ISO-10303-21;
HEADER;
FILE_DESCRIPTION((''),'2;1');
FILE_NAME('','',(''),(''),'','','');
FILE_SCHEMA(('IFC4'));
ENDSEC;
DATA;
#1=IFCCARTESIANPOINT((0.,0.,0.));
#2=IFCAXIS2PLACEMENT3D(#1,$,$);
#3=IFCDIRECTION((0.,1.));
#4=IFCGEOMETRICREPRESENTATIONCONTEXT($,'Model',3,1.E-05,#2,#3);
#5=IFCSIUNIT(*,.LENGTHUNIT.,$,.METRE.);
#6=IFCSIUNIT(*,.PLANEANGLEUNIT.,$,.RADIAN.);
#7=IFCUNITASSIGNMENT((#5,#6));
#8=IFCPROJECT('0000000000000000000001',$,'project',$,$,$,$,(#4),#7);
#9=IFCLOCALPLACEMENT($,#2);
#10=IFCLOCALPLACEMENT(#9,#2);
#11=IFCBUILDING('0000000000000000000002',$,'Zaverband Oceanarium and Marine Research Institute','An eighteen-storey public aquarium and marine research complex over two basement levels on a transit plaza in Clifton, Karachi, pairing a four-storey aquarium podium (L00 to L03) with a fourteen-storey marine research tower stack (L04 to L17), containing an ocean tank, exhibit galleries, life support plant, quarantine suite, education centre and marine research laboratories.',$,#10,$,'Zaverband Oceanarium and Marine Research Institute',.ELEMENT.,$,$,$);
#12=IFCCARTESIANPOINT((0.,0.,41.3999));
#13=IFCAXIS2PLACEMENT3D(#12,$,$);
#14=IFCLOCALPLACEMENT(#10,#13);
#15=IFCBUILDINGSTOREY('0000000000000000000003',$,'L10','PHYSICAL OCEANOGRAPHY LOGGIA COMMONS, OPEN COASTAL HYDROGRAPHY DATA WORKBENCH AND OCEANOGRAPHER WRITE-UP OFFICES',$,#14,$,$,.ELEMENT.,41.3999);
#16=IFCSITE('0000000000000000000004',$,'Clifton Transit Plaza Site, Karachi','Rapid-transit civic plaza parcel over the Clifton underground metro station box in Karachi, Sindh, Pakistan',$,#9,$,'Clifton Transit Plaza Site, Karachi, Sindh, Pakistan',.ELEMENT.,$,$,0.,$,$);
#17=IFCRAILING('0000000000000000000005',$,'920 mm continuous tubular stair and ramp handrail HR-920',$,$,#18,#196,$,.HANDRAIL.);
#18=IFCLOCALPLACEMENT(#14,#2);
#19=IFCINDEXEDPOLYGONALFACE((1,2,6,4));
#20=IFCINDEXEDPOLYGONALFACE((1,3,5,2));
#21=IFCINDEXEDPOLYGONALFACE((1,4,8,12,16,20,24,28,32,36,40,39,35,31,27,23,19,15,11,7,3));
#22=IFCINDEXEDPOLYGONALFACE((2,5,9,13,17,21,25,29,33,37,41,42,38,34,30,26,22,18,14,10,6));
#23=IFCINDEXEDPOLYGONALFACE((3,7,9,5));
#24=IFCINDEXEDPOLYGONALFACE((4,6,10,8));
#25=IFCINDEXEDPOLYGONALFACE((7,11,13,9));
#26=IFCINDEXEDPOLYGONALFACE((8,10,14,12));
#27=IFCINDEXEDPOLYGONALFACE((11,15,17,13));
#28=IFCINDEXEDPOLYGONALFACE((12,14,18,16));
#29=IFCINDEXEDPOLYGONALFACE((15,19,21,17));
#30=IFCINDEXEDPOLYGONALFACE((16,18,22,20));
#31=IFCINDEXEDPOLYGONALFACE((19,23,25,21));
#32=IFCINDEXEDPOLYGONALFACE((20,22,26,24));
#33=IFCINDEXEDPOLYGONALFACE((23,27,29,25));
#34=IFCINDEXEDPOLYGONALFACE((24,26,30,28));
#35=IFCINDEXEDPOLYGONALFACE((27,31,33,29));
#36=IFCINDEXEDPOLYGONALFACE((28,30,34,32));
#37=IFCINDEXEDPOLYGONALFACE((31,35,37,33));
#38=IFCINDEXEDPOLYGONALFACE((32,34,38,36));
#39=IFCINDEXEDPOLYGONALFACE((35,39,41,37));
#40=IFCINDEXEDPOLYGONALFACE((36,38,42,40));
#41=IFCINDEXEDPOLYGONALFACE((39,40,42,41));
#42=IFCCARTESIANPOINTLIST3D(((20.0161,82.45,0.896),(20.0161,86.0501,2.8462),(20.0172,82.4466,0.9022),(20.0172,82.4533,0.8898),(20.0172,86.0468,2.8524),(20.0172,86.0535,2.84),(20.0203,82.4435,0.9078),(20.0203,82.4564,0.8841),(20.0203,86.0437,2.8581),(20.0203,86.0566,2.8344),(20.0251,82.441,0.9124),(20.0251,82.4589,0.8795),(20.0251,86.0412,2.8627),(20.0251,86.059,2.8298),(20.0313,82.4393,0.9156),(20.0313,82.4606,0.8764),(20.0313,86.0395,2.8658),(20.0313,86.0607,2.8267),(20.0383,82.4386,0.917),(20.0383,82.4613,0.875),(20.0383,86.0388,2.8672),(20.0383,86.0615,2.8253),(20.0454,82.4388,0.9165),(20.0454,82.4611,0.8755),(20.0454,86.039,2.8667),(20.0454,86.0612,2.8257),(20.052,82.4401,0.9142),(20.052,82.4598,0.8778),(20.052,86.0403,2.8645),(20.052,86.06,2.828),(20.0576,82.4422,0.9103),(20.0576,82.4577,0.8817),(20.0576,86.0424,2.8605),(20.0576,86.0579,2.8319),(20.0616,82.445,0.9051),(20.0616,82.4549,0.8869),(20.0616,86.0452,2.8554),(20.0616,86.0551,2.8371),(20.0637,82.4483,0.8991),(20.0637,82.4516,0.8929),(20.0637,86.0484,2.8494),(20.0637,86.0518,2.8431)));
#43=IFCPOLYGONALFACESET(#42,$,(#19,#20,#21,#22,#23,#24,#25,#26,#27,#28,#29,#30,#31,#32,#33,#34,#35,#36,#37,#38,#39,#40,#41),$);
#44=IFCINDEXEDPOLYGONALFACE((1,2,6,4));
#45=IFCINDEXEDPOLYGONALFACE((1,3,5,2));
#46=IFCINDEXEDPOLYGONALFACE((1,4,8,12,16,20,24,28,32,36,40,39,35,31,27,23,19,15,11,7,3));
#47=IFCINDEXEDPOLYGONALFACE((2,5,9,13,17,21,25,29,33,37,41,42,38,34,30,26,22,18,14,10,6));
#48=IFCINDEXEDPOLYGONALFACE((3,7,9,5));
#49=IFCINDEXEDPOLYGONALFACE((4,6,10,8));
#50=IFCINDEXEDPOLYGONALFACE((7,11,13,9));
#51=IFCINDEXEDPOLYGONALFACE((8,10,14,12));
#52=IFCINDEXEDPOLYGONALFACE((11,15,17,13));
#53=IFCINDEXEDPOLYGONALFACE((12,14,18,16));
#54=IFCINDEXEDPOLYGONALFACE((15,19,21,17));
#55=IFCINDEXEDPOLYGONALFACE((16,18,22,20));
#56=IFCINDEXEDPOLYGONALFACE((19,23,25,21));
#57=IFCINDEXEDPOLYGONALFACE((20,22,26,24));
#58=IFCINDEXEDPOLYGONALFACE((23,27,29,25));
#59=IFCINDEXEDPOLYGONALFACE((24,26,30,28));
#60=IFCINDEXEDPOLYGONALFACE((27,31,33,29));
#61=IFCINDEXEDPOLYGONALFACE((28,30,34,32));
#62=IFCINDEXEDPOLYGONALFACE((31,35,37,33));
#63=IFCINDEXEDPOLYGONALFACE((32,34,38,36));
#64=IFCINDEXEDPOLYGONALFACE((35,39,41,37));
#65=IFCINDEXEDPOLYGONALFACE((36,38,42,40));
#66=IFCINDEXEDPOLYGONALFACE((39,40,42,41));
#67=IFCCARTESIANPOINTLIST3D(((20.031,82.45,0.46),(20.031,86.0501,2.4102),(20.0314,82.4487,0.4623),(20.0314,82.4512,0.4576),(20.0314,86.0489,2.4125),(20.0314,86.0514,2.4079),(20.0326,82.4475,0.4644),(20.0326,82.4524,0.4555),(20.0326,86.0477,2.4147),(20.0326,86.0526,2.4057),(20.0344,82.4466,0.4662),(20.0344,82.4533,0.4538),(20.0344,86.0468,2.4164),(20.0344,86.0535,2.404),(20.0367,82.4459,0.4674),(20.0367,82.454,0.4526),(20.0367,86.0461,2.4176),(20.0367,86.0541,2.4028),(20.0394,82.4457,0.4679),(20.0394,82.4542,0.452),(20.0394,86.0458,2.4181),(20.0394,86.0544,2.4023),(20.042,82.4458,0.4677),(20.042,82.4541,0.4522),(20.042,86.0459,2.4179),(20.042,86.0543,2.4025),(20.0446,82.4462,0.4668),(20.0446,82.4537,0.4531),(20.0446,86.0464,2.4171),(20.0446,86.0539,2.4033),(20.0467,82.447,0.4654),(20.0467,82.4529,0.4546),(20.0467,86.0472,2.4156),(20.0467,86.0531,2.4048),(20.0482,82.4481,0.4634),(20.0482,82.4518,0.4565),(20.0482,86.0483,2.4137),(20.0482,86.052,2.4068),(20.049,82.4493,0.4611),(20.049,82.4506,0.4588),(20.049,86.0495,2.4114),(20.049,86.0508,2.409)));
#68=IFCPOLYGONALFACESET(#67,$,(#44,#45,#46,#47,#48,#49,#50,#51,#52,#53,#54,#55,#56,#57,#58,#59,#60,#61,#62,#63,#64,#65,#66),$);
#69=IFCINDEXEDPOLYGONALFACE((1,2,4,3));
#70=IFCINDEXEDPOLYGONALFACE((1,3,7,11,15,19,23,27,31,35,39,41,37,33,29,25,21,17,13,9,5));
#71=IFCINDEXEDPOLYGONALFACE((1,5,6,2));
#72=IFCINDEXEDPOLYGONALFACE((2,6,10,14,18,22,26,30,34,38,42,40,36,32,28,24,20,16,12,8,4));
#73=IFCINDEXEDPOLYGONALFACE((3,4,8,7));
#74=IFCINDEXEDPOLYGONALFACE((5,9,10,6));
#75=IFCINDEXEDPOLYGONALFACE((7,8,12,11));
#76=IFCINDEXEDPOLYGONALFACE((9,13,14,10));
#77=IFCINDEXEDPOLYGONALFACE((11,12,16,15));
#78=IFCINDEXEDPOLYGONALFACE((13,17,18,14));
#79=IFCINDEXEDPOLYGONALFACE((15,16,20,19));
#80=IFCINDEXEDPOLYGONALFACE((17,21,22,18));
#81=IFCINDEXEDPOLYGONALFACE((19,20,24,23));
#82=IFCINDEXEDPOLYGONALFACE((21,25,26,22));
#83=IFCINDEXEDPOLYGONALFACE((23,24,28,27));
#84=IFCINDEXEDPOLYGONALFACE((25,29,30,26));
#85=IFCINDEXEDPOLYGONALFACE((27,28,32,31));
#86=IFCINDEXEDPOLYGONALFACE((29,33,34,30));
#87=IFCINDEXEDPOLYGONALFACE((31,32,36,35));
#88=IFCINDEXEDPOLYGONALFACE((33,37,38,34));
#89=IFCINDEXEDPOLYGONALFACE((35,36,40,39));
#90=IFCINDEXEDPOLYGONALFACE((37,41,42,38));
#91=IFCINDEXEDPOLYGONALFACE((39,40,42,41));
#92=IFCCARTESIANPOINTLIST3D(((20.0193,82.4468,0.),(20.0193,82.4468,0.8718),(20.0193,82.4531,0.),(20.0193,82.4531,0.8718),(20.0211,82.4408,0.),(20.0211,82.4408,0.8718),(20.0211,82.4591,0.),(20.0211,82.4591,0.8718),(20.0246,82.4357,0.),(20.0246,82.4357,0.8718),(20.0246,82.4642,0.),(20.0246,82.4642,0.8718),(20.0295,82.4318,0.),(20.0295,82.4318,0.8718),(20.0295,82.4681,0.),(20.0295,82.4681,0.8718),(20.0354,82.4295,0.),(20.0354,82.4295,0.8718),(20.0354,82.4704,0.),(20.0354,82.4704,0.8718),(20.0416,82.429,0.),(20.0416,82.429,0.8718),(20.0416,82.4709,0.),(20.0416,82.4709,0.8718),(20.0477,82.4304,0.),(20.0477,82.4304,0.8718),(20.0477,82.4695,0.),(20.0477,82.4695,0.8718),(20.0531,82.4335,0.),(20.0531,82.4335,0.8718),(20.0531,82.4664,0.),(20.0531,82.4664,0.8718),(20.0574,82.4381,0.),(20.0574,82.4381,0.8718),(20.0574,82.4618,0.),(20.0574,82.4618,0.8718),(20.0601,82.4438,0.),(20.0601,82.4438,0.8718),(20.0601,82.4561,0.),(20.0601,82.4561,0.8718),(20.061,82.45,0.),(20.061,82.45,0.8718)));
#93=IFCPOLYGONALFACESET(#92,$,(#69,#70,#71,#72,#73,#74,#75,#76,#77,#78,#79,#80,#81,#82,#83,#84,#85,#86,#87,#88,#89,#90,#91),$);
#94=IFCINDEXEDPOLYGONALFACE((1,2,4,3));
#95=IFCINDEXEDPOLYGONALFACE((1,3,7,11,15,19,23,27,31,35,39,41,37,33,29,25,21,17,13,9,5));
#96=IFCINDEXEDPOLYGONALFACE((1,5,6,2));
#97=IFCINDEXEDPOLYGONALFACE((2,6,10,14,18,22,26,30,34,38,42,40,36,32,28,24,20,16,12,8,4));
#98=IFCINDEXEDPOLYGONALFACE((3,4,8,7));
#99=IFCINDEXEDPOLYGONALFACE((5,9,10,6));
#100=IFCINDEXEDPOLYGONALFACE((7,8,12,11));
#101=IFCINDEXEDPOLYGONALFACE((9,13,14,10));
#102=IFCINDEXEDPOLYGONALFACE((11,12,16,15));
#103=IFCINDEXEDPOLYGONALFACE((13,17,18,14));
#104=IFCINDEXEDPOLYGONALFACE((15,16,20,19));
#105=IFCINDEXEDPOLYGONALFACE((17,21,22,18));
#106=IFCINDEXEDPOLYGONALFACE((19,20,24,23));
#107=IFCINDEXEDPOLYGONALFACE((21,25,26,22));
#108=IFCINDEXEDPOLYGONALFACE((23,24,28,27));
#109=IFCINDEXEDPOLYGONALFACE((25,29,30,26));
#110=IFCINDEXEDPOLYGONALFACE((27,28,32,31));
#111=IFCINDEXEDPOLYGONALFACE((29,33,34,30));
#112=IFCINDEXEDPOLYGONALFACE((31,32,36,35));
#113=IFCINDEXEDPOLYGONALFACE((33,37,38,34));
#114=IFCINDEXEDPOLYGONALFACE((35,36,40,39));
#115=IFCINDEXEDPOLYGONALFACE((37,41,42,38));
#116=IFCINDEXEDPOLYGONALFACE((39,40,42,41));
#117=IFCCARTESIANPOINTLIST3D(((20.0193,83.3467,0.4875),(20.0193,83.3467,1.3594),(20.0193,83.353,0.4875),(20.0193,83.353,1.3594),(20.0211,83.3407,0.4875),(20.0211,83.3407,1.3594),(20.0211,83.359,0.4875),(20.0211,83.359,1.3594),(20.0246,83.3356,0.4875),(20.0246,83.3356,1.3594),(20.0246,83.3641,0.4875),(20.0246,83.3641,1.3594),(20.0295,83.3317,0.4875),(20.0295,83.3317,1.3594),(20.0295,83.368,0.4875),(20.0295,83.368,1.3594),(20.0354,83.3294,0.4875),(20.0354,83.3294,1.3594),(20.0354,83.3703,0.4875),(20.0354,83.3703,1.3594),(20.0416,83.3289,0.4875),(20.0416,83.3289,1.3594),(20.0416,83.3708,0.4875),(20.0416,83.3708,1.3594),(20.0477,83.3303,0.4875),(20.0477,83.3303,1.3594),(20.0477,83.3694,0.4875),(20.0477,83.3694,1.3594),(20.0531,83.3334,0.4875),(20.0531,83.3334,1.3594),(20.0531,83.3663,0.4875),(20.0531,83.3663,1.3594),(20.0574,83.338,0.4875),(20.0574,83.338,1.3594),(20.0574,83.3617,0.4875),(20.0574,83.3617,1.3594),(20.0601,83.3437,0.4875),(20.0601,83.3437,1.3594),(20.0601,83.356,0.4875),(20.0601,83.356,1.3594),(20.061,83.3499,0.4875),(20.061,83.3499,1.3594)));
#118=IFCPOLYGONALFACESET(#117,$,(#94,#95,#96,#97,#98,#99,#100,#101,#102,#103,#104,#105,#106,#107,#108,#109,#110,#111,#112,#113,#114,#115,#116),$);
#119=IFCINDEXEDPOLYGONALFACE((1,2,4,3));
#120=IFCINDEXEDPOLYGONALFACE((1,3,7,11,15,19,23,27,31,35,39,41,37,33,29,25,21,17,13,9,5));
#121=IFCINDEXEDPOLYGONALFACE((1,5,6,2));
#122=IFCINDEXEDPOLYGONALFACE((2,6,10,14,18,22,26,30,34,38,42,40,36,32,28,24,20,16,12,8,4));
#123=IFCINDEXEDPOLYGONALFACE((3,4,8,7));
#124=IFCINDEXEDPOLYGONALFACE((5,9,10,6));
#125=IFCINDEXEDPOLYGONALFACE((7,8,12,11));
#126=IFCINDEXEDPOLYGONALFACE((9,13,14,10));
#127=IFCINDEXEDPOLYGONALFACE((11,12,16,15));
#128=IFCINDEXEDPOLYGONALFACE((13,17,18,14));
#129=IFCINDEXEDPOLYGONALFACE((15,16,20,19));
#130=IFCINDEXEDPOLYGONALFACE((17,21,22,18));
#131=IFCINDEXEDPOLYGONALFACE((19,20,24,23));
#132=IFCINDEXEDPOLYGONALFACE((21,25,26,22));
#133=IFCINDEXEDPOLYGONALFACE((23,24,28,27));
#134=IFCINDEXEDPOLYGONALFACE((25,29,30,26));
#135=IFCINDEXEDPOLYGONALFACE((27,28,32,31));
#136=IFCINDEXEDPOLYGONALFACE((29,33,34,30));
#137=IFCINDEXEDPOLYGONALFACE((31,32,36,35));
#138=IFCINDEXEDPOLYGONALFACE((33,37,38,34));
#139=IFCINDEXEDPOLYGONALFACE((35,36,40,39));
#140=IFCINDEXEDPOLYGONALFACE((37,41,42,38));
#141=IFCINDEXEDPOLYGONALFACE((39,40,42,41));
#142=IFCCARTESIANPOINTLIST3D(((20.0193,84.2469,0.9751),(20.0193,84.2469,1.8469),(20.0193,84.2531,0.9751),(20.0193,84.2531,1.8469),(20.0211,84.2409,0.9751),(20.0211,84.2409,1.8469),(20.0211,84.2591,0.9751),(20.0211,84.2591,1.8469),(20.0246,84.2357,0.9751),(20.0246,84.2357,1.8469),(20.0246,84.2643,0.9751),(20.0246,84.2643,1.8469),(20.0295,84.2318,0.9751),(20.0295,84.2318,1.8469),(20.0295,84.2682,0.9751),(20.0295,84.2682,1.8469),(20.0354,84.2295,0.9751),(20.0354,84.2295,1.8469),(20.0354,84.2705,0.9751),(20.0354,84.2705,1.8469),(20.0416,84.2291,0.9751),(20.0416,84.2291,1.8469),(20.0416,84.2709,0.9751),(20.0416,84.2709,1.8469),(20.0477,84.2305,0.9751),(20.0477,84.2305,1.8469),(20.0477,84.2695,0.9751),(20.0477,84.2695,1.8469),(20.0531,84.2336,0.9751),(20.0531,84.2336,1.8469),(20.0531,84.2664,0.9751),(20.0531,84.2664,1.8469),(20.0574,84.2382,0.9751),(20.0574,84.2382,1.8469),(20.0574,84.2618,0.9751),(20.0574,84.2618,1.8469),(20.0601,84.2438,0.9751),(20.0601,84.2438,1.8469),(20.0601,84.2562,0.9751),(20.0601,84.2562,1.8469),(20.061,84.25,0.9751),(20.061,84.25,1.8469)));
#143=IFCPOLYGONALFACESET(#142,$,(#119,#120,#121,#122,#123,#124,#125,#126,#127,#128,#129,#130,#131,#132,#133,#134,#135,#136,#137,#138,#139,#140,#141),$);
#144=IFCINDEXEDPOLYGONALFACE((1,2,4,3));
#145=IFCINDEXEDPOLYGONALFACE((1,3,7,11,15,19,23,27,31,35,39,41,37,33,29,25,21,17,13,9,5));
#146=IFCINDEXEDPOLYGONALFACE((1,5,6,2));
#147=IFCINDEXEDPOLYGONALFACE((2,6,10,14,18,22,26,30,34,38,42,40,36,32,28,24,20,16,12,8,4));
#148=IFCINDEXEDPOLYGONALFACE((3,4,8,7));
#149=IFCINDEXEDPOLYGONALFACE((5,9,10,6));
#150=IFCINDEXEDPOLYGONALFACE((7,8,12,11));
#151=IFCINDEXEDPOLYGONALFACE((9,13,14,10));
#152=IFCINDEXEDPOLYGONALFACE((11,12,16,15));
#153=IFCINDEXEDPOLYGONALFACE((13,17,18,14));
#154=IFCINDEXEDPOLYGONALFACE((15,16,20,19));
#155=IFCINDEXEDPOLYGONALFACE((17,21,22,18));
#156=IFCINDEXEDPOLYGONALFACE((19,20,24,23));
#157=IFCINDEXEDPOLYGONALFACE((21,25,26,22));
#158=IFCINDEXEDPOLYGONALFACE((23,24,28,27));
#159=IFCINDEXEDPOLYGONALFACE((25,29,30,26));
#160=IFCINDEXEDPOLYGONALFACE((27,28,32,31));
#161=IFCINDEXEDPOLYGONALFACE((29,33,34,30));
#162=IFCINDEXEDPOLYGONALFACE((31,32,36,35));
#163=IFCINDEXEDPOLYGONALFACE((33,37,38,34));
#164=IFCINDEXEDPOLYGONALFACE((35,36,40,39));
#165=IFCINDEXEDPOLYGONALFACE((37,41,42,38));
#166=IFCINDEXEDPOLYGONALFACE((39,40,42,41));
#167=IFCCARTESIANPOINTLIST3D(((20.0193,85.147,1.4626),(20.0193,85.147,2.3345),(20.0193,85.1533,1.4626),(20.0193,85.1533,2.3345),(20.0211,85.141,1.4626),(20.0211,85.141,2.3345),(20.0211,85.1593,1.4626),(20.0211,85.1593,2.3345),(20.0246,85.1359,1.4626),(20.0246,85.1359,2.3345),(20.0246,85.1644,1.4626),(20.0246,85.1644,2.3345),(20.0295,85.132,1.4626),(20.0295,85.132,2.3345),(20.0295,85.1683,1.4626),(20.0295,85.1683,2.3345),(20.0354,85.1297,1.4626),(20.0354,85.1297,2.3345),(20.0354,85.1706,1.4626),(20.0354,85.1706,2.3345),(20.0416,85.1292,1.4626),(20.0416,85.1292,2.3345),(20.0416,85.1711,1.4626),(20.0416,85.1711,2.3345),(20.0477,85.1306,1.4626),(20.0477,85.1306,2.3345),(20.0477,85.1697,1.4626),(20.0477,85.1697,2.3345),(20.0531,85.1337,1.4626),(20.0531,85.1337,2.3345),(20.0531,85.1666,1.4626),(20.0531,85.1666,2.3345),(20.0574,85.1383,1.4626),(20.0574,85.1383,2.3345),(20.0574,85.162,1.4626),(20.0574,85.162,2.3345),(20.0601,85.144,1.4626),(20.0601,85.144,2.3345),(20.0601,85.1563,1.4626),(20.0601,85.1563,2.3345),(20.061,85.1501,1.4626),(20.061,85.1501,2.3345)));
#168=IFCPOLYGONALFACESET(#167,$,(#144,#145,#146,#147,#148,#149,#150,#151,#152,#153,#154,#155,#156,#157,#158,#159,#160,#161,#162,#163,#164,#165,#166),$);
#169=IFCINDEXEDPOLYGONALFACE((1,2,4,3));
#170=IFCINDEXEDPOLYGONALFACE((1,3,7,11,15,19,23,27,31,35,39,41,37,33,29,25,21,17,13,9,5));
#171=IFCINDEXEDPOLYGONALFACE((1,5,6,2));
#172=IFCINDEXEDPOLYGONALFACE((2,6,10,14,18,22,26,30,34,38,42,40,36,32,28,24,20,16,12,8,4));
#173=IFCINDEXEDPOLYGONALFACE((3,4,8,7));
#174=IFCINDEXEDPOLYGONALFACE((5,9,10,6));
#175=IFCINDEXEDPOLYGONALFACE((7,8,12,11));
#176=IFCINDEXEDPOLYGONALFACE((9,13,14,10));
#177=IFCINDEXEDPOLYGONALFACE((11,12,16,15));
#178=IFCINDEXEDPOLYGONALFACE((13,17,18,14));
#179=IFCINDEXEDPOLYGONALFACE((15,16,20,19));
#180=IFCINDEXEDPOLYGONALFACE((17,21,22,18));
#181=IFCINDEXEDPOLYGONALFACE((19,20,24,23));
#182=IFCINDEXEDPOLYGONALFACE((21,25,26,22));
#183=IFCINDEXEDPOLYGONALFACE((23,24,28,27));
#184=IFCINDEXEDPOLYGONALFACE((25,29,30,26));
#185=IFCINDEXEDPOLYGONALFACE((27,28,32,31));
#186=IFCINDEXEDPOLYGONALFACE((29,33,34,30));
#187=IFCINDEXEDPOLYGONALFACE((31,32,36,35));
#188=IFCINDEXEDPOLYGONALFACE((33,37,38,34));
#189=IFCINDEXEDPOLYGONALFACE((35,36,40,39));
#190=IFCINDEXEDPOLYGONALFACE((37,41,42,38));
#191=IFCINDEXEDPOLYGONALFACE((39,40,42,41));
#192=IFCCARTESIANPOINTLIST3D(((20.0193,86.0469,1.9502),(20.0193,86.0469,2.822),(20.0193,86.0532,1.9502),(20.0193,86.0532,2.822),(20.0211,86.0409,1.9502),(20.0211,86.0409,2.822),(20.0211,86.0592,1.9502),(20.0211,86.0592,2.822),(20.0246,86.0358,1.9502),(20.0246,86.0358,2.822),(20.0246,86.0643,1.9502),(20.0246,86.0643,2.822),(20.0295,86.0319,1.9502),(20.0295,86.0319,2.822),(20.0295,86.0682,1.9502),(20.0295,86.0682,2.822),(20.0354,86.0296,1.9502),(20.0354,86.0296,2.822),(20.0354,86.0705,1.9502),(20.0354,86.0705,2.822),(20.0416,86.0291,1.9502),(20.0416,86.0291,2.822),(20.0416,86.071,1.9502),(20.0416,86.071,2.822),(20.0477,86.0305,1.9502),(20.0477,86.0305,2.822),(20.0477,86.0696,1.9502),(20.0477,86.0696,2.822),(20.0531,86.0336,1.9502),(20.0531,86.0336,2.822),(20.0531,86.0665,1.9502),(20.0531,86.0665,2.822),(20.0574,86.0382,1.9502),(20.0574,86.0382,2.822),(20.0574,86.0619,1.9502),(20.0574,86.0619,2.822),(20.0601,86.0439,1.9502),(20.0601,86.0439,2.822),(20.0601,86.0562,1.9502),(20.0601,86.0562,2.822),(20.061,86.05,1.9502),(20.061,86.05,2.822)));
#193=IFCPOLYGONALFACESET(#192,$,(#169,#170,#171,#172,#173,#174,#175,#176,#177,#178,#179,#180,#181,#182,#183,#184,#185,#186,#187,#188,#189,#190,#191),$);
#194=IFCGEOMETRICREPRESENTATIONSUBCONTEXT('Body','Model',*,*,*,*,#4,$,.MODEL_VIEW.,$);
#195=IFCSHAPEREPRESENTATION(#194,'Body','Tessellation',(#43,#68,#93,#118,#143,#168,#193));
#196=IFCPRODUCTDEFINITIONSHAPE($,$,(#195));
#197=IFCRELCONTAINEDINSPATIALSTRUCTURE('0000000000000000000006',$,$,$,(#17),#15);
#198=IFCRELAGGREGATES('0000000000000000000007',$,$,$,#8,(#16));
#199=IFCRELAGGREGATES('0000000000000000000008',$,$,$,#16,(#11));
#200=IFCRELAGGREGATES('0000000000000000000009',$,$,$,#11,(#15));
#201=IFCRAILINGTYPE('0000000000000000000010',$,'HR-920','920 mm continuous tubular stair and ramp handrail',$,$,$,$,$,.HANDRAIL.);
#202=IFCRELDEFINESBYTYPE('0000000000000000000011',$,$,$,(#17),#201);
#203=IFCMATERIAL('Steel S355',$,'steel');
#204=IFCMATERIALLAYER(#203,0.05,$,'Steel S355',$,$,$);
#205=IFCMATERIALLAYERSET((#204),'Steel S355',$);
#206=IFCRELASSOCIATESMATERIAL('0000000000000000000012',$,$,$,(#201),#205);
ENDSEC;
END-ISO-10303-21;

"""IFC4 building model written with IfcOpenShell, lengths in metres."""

from ifc_helpers import new_model, si_unit, direction, frame, origin, origin_2d, place, context, subcontext, project, spatial, circle, extrude, material, layer, layer_set, type_object, element, save


model = new_model("IFC4")

# Units and contexts
model_context = context("Model", 3, precision=1e-05, world=origin(), true_north=direction((0.0, 1.0)))
body_context = subcontext(model_context, "Body", "Model", "MODEL_VIEW")
ifc_project = project(units=[si_unit("LENGTHUNIT", "METRE"), si_unit("PLANEANGLEUNIT", "RADIAN")], contexts=[model_context])

# Site, building, storey
site_placement = place(None, origin())
site = spatial("IfcSite", under=ifc_project, at=site_placement, Name="Clifton Transit Plaza Site, Karachi", Description="Rapid-transit civic plaza parcel over the Clifton underground metro station box in Karachi, Sindh, Pakistan", LongName="Clifton Transit Plaza Site, Karachi, Sindh, Pakistan", CompositionType="ELEMENT", RefElevation=0.0)
building_placement = place(site_placement, origin())
building = spatial("IfcBuilding", under=site, at=building_placement, Name="Zaverband Oceanarium and Marine Research Institute", Description="An eighteen-storey public aquarium and marine research complex over two basement levels on a transit plaza in Clifton, Karachi, pairing a four-storey aquarium podium (L00 to L03) with a fourteen-storey marine research tower stack (L04 to L17), containing an ocean tank, exhibit galleries, life support plant, quarantine suite, education centre and marine research laboratories.", LongName="Zaverband Oceanarium and Marine Research Institute", CompositionType="ELEMENT")
storey_placement = place(building_placement, frame((0.0, 0.0, 41.3999)))
storey = spatial("IfcBuildingStorey", under=building, at=storey_placement, Name="L10", Description="PHYSICAL OCEANOGRAPHY LOGGIA COMMONS, OPEN COASTAL HYDROGRAPHY DATA WORKBENCH AND OCEANOGRAPHER WRITE-UP OFFICES", CompositionType="ELEMENT", Elevation=41.3999)

# Shared definitions
ifc_material_1 = material(Name="Steel S355", Category="steel")

# Railing
ifc_layer_1 = layer(ifc_material_1, 0.05, Name="Steel S355")
ifc_layer_set_1 = layer_set([ifc_layer_1], Name="Steel S355")
railing_type_1 = type_object("IfcRailingType", Name="HR-920", Description="920 mm continuous tubular stair and ramp handrail", PredefinedType="HANDRAIL", material=ifc_layer_set_1)
railing_1_placement = place(storey_placement, frame((20.04, 82.45, 0.0)))
element("IfcRailing", 1, at=railing_1_placement, inside=storey, type_object=railing_type_1, Name="920 mm continuous tubular stair and ramp handrail HR-920", PredefinedType="HANDRAIL", context=body_context, shape_type="SweptSolid", body=[
    extrude(circle(Radius=0.0239, at=origin_2d()), frame((0.0, 0.0, 0.896), z_axis=(0.0, 0.879277, 0.47631), x_axis=(-1.0, 0.0, 0.0)), (0.0, 0.0, 1.0), 4.0945),
    extrude(circle(Radius=0.009, at=origin_2d()), frame((0.0, 0.0, 0.46), z_axis=(0.0, 0.879277, 0.47631), x_axis=(-1.0, 0.0, 0.0)), (0.0, 0.0, 1.0), 4.0945),
    extrude(circle(Radius=0.021, at=origin_2d()), origin(), (0.0, 0.0, 1.0), 0.8718),
    extrude(circle(Radius=0.021, at=origin_2d()), frame((0.0, 0.8999, 0.4875)), (0.0, 0.0, 1.0), 0.8718),
    extrude(circle(Radius=0.021, at=origin_2d()), frame((0.0, 1.8, 0.9751)), (0.0, 0.0, 1.0), 0.8718),
    extrude(circle(Radius=0.021, at=origin_2d()), frame((0.0, 2.7002, 1.4626)), (0.0, 0.0, 1.0), 0.8718),
    extrude(circle(Radius=0.021, at=origin_2d()), frame((0.0, 3.6001, 1.9502)), (0.0, 0.0, 1.0), 0.8718),
])

save(model, "model.ifc")
